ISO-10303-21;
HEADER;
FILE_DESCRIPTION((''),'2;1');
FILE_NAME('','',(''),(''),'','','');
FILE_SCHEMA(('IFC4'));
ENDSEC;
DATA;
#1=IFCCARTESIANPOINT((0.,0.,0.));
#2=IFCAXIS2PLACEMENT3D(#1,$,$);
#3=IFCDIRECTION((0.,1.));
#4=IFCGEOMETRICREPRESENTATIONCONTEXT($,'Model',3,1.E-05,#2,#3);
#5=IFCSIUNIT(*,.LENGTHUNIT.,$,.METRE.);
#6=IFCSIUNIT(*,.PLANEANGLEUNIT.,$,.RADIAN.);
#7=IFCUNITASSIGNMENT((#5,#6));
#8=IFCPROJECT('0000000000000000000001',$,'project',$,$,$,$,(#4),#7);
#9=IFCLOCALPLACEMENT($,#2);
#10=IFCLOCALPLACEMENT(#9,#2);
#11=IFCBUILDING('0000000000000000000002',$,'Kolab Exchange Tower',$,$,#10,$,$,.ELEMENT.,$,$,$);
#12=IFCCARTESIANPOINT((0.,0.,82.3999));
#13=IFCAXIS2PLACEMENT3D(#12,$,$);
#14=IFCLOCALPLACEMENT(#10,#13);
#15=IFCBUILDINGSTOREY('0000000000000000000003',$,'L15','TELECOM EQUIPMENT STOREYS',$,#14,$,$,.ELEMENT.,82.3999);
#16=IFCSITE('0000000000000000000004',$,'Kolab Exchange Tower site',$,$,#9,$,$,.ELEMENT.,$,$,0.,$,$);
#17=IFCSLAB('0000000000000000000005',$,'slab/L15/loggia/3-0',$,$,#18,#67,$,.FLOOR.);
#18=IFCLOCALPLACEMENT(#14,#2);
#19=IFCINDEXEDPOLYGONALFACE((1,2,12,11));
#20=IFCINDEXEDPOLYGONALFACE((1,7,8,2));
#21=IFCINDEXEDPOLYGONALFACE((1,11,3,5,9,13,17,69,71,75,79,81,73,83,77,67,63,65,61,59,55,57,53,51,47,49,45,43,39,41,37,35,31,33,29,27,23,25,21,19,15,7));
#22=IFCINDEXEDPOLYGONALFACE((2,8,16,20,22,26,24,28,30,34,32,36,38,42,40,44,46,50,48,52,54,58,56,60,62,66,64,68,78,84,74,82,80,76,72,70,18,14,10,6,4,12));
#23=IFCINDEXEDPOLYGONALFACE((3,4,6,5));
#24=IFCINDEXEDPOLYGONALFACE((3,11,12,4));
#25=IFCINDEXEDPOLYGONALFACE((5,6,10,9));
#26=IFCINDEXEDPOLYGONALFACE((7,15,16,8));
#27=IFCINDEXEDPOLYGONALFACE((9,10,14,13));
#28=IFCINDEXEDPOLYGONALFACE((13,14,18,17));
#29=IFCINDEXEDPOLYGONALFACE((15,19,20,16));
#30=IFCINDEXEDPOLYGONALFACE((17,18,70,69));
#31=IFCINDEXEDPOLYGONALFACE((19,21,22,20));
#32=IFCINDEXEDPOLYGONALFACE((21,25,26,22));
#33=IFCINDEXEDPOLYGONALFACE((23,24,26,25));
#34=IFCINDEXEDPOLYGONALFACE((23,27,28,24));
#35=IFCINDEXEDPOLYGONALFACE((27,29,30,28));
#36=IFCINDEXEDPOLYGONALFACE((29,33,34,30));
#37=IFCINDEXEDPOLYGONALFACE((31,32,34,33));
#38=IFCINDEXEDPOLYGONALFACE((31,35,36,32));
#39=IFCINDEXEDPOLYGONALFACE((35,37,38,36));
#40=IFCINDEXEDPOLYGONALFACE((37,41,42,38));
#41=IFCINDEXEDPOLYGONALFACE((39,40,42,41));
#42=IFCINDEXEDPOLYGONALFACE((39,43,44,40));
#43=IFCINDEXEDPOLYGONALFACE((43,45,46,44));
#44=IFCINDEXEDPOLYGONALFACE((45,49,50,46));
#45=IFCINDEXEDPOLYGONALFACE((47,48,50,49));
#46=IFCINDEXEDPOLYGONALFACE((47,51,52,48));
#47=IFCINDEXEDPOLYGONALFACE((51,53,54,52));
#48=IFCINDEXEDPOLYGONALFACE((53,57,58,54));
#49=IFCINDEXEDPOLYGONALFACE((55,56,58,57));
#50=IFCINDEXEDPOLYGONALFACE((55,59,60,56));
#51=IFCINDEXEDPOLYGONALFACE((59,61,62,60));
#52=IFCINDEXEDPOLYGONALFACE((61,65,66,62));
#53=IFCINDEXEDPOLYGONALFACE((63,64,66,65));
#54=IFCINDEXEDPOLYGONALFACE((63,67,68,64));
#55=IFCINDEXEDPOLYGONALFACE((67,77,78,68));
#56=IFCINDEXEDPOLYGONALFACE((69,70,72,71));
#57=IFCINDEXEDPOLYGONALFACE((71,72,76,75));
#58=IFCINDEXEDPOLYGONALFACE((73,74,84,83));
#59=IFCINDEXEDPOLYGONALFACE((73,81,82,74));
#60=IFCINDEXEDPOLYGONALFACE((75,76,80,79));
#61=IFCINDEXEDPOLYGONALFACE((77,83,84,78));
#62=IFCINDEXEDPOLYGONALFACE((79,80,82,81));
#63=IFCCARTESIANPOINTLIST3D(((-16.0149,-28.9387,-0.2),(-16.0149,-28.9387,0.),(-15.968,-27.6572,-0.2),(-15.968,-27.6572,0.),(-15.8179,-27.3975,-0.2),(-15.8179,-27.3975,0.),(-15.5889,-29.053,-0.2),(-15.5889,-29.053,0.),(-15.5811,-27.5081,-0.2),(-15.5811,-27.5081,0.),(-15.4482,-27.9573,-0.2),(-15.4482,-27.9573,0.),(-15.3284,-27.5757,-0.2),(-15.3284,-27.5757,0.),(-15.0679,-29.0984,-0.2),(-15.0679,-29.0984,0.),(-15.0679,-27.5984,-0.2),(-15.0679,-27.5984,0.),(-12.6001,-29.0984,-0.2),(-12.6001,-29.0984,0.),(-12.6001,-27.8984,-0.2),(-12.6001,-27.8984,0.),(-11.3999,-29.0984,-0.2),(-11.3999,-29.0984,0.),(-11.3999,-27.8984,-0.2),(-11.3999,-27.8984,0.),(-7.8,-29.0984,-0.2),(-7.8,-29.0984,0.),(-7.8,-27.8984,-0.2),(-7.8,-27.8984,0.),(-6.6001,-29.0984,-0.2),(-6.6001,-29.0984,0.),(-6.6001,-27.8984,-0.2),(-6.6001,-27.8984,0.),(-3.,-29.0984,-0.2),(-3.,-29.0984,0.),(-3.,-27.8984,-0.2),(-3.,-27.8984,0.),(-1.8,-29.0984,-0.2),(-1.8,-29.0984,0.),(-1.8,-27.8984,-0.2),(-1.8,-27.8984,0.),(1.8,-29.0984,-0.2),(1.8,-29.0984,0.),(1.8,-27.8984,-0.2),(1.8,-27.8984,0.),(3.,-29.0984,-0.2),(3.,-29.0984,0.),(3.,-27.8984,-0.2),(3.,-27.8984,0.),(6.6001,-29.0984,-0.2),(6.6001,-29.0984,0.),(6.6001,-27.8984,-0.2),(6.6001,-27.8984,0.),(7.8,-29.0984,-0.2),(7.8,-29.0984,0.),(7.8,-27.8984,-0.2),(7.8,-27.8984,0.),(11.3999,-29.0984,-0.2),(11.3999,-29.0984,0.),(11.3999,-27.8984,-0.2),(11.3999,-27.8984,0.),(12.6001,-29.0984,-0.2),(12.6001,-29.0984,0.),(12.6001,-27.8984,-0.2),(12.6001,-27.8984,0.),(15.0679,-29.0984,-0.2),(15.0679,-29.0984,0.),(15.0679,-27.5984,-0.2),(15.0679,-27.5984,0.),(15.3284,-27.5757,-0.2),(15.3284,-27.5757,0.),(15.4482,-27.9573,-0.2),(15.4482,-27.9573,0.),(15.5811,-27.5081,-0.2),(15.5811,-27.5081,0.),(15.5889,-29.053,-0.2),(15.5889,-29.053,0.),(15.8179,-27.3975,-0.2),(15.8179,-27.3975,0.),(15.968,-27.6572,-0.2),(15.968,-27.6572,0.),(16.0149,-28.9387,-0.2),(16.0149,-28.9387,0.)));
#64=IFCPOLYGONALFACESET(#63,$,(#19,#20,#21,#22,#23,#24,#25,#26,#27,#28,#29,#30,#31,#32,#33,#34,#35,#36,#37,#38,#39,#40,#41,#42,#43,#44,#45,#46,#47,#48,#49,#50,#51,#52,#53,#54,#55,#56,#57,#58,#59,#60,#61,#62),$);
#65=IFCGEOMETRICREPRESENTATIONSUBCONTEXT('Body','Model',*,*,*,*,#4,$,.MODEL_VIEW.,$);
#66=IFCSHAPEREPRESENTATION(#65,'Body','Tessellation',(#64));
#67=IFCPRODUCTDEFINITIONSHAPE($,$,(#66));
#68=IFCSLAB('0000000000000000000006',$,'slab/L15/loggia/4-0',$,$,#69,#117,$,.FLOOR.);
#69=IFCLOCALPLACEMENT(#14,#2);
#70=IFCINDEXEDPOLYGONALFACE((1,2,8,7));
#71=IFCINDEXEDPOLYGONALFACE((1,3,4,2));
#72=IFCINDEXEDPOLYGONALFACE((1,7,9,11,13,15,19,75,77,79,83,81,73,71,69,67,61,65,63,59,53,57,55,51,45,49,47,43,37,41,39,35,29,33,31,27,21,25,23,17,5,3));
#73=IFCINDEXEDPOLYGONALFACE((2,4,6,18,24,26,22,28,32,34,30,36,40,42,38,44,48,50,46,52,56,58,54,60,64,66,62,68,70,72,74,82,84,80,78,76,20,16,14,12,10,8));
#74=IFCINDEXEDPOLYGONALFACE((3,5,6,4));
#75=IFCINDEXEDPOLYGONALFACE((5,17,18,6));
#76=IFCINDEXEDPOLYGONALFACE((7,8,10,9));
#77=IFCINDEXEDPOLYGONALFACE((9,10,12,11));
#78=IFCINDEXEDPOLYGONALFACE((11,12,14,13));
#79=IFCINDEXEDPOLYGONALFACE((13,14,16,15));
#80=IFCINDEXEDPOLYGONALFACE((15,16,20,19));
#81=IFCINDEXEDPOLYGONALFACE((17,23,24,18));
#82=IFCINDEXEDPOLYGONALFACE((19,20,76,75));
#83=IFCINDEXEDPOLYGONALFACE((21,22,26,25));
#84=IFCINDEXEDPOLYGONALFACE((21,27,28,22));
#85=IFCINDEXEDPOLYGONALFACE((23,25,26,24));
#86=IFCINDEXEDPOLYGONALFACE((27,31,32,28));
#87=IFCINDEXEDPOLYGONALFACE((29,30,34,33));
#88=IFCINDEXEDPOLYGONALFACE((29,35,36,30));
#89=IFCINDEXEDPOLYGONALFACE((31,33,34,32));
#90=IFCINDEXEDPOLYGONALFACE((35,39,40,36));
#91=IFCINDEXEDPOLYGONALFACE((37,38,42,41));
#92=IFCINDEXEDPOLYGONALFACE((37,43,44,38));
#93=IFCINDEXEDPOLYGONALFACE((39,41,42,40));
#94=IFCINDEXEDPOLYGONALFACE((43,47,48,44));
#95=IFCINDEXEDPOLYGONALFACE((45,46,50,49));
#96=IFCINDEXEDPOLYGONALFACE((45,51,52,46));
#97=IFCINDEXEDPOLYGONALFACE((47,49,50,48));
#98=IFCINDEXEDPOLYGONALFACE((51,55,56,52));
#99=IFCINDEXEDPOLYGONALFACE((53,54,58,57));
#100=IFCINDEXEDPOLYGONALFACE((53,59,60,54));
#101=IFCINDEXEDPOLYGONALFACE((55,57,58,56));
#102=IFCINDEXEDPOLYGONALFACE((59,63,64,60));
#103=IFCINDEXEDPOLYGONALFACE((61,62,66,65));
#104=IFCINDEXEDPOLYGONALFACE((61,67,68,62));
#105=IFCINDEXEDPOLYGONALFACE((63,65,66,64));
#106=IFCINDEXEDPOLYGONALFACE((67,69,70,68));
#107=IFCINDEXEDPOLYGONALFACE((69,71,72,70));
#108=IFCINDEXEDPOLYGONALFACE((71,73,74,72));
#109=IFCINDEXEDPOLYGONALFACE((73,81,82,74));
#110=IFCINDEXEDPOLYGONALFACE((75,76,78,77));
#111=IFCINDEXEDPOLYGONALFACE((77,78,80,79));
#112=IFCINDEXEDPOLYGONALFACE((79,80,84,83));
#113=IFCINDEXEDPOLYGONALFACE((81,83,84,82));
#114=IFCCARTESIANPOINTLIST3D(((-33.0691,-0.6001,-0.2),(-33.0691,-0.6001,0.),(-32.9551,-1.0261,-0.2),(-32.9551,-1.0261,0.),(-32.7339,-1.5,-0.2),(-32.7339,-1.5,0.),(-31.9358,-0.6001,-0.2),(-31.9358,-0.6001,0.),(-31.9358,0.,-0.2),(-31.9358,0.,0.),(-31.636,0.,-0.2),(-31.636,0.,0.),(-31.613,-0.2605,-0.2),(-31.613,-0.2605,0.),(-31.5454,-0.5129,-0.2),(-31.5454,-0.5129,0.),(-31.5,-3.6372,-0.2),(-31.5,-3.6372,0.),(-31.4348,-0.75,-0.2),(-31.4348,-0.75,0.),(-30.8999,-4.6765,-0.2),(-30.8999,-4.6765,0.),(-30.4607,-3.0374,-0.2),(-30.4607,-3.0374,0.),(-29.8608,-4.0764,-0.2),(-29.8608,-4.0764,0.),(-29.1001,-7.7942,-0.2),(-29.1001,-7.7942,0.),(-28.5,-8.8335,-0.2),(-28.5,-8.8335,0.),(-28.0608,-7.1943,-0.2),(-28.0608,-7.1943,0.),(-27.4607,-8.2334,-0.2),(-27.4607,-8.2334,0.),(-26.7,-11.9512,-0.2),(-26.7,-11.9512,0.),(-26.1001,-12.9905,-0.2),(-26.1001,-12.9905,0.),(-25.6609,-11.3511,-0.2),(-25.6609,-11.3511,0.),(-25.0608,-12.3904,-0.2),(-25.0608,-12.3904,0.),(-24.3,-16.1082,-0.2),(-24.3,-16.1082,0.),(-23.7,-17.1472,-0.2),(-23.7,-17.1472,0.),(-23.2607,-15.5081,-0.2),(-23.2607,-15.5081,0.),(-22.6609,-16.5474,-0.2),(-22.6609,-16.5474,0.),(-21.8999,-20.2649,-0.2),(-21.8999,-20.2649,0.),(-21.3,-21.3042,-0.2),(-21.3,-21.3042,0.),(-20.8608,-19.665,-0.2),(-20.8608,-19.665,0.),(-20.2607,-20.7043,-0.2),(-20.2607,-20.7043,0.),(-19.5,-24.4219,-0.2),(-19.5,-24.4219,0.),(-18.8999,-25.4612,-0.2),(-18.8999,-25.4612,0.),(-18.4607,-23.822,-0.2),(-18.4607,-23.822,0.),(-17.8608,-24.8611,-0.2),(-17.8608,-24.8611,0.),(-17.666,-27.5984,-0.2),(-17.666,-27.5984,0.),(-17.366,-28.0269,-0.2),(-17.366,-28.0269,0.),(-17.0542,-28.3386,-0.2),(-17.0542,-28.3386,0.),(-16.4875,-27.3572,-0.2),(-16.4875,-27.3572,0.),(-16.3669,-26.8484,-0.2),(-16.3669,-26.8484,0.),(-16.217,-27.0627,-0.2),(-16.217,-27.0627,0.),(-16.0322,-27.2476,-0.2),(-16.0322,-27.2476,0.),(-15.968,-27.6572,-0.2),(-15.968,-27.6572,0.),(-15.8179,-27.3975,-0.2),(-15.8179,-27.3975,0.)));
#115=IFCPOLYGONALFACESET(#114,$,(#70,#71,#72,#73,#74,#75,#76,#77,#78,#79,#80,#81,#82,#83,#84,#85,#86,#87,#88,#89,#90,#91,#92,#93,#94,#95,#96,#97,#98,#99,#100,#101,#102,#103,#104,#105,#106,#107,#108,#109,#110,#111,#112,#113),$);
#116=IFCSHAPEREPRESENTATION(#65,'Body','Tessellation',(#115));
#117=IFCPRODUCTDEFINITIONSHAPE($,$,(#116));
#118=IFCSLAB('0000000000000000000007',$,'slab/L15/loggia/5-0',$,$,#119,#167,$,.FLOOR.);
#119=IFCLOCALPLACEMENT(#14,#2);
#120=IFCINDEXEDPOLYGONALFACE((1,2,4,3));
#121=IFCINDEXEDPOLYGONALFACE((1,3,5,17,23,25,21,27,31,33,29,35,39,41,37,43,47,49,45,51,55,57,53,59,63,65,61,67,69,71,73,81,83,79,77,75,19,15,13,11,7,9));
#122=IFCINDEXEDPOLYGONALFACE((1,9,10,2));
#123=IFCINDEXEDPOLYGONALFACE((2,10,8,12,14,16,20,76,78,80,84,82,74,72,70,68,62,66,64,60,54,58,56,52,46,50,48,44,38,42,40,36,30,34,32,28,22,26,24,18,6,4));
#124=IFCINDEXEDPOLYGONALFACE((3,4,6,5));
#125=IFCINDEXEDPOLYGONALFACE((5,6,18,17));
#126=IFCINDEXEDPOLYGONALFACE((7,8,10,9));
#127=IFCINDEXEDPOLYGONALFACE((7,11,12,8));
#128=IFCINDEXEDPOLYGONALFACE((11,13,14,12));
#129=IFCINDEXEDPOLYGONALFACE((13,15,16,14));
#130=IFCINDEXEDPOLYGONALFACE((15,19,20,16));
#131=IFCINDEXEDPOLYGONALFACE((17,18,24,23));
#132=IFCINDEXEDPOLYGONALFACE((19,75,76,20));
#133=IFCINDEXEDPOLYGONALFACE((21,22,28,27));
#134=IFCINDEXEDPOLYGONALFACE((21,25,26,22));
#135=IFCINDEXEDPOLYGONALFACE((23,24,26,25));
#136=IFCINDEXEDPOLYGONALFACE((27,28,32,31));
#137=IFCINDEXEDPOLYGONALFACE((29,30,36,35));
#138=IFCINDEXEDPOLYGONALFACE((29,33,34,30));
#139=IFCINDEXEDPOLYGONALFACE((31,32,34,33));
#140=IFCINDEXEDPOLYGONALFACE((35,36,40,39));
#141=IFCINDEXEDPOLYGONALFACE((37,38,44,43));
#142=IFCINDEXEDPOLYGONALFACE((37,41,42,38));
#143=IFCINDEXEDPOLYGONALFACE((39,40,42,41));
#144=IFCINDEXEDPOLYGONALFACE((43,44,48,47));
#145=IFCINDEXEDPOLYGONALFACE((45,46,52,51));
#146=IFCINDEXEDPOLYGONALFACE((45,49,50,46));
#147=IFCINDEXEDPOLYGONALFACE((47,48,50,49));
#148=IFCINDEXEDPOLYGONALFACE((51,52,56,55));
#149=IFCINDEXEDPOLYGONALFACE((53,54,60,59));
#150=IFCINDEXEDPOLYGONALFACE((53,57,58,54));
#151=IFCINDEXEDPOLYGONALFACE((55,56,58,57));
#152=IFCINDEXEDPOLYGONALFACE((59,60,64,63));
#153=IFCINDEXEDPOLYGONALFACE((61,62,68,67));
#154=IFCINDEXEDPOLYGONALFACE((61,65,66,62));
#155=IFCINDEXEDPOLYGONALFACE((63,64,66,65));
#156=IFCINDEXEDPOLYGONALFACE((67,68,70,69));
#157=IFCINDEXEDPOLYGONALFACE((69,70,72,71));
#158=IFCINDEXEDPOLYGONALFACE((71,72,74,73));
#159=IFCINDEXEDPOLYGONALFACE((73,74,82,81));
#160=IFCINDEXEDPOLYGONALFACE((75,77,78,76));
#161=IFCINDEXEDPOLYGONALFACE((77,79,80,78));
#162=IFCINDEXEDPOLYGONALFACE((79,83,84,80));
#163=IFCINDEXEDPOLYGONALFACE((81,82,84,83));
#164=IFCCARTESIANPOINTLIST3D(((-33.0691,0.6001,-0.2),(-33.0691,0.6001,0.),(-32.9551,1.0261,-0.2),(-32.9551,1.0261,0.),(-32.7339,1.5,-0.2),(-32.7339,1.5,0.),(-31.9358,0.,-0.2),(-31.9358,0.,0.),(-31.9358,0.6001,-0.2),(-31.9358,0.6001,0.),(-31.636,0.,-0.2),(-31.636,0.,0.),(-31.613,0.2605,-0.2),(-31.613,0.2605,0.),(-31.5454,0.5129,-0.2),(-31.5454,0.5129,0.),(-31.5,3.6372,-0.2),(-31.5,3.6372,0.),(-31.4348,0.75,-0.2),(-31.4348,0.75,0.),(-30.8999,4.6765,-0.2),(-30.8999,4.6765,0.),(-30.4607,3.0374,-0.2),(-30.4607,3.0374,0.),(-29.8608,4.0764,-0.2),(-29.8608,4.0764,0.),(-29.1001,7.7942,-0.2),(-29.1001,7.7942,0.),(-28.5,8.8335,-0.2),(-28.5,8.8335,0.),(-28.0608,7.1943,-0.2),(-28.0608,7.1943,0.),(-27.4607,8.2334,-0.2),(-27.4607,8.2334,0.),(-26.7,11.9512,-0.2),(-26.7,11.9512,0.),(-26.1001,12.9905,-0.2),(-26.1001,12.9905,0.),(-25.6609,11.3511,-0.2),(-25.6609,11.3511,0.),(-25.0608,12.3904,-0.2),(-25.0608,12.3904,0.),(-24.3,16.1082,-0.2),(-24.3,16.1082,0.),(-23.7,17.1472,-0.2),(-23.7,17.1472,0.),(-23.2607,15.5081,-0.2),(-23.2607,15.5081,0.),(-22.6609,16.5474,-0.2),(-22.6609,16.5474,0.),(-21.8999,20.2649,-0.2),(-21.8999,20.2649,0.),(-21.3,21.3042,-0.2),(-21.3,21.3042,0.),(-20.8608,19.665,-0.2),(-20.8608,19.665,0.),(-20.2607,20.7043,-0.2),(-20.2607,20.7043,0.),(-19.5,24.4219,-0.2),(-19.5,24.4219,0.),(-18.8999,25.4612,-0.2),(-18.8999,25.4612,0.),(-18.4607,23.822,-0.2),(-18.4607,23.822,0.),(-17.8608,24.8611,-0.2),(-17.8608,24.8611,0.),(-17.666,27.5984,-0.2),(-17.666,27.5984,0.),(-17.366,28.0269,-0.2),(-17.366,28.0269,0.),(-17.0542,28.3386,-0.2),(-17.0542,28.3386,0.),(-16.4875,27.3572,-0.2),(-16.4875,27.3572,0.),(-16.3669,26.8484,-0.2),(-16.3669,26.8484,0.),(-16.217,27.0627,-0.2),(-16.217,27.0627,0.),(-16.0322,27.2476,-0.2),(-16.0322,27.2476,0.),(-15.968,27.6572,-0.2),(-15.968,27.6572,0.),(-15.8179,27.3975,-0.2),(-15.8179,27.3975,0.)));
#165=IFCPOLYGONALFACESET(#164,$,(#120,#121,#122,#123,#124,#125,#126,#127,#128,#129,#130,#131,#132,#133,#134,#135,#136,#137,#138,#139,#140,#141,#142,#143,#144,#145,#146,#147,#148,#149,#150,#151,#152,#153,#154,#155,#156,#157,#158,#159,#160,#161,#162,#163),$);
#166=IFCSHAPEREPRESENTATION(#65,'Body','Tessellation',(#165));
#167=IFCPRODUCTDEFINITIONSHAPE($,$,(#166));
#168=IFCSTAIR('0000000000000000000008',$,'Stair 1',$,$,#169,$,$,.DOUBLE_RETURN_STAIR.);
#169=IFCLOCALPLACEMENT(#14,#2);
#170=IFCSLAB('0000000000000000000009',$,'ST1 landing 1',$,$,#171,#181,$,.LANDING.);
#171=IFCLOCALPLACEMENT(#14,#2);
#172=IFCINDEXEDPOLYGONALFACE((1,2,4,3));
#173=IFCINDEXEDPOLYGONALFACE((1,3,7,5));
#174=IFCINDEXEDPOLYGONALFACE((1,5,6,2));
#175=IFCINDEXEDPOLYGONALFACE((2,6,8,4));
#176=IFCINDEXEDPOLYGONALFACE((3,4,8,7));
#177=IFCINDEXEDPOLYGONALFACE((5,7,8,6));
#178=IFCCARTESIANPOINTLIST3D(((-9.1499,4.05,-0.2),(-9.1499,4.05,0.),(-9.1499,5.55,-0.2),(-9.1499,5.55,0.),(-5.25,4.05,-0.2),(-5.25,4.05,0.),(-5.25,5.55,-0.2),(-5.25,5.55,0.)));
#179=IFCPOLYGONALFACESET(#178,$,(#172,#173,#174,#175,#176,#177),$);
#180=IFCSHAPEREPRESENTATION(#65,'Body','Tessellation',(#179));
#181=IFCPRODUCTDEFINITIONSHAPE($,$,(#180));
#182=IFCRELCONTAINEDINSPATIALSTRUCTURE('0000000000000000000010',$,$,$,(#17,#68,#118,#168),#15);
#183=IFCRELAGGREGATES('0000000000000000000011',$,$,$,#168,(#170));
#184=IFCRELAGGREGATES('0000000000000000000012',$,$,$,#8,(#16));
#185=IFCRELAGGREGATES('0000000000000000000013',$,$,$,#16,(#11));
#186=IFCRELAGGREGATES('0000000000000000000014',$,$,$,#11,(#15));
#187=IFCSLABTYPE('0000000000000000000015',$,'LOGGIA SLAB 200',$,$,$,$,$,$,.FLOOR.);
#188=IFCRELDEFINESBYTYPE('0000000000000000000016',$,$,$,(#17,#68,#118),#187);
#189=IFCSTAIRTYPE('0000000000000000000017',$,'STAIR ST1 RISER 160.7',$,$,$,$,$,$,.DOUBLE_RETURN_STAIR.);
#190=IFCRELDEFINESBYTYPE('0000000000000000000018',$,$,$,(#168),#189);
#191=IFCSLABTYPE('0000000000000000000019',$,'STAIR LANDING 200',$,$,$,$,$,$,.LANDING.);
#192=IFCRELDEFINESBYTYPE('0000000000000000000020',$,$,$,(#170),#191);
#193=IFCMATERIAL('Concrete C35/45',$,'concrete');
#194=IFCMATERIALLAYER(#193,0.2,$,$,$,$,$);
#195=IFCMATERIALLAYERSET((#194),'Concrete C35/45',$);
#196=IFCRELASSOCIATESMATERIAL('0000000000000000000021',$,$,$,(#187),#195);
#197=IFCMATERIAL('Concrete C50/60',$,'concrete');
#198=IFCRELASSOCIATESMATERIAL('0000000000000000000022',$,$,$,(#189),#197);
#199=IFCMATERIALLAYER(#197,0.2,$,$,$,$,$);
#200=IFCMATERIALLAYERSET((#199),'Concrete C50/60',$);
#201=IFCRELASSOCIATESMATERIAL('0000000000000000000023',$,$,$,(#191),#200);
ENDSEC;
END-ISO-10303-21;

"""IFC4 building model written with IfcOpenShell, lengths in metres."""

from ifc_helpers import new_model, si_unit, direction, frame, origin, place, context, subcontext, project, spatial, polyline, outline, extrude, material, layer, layer_set, type_object, element, aggregate, save


model = new_model("IFC4")

# Units and contexts
model_context = context("Model", 3, precision=1e-05, world=origin(), true_north=direction((0.0, 1.0)))
body_context = subcontext(model_context, "Body", "Model", "MODEL_VIEW")
ifc_project = project(units=[si_unit("LENGTHUNIT", "METRE"), si_unit("PLANEANGLEUNIT", "RADIAN")], contexts=[model_context])

# Site, building, storey
site_placement = place(None, origin())
site = spatial("IfcSite", under=ifc_project, at=site_placement, Name="Kolab Exchange Tower site", CompositionType="ELEMENT", RefElevation=0.0)
building_placement = place(site_placement, origin())
building = spatial("IfcBuilding", under=site, at=building_placement, Name="Kolab Exchange Tower", CompositionType="ELEMENT")
storey_placement = place(building_placement, frame((0.0, 0.0, 82.3999)))
storey = spatial("IfcBuildingStorey", under=building, at=storey_placement, Name="L15", Description="TELECOM EQUIPMENT STOREYS", CompositionType="ELEMENT", Elevation=82.3999)

# Slabs
ifc_material_1 = material(Name="Concrete C35/45", Category="concrete")
ifc_layer_1 = layer(ifc_material_1, 0.2)
ifc_layer_set_1 = layer_set([ifc_layer_1], Name="Concrete C35/45")
slab_type_1 = type_object("IfcSlabType", Name="LOGGIA SLAB 200", PredefinedType="FLOOR", material=ifc_layer_set_1)
slab_1_placement = place(storey_placement, frame((0.0, 0.0, -0.2)))
element("IfcSlab", 1, at=slab_1_placement, inside=storey, type_object=slab_type_1, Name="slab/L15/loggia/3-0", PredefinedType="FLOOR", context=body_context, shape_type="SweptSolid", body=[
    extrude(outline(polyline([(-15.8179, -27.3975), (-15.968, -27.6572), (-15.4482, -27.9573), (-16.0149, -28.9387), (-15.5889, -29.053), (-15.0679, -29.0984), (-12.6001, -29.0984), (-12.6001, -27.8984), (-11.3999, -27.8984), (-11.3999, -29.0984), (-7.8, -29.0984), (-7.8, -27.8984), (-6.6001, -27.8984), (-6.6001, -29.0984), (-3.0, -29.0984), (-3.0, -27.8984), (-1.8, -27.8984), (-1.8, -29.0984), (1.8, -29.0984), (1.8, -27.8984), (3.0, -27.8984), (3.0, -29.0984), (6.6001, -29.0984), (6.6001, -27.8984), (7.8, -27.8984), (7.8, -29.0984), (11.3999, -29.0984), (11.3999, -27.8984), (12.6001, -27.8984), (12.6001, -29.0984), (15.0679, -29.0984), (15.5889, -29.053), (16.0149, -28.9387), (15.4482, -27.9573), (15.968, -27.6572), (15.8179, -27.3975), (15.5811, -27.5081), (15.3284, -27.5757), (15.0679, -27.5984), (-15.0679, -27.5984), (-15.3284, -27.5757), (-15.5811, -27.5081), (-15.8179, -27.3975)])), origin(), (0.0, 0.0, 1.0), 0.2),
])
slab_2_placement = place(storey_placement, frame((0.0, 0.0, -0.2)))
element("IfcSlab", 2, at=slab_2_placement, inside=storey, type_object=slab_type_1, Name="slab/L15/loggia/4-0", PredefinedType="FLOOR", context=body_context, shape_type="SweptSolid", body=[
    extrude(outline(polyline([(-31.636, 0.0), (-31.9358, 0.0), (-31.9358, -0.6001), (-33.0691, -0.6001), (-32.9551, -1.0261), (-32.7339, -1.5), (-31.5, -3.6372), (-30.4607, -3.0374), (-29.8608, -4.0764), (-30.8999, -4.6765), (-29.1001, -7.7942), (-28.0608, -7.1943), (-27.4607, -8.2334), (-28.5, -8.8335), (-26.7, -11.9512), (-25.6609, -11.3511), (-25.0608, -12.3904), (-26.1001, -12.9905), (-24.3, -16.1082), (-23.2607, -15.5081), (-22.6609, -16.5474), (-23.7, -17.1472), (-21.8999, -20.2649), (-20.8608, -19.665), (-20.2607, -20.7043), (-21.3, -21.3042), (-19.5, -24.4219), (-18.4607, -23.822), (-17.8608, -24.8611), (-18.8999, -25.4612), (-17.666, -27.5984), (-17.366, -28.0269), (-17.0542, -28.3386), (-16.4875, -27.3572), (-15.968, -27.6572), (-15.8179, -27.3975), (-16.0322, -27.2476), (-16.217, -27.0627), (-16.3669, -26.8484), (-31.4348, -0.75), (-31.5454, -0.5129), (-31.613, -0.2605), (-31.636, 0.0)])), origin(), (0.0, 0.0, 1.0), 0.2),
])
slab_3_placement = place(storey_placement, frame((0.0, 0.0, -0.2)))
element("IfcSlab", 3, at=slab_3_placement, inside=storey, type_object=slab_type_1, Name="slab/L15/loggia/5-0", PredefinedType="FLOOR", context=body_context, shape_type="SweptSolid", body=[
    extrude(outline(polyline([(-15.8179, 27.3975), (-15.968, 27.6572), (-16.4875, 27.3572), (-17.0542, 28.3386), (-17.366, 28.0269), (-17.666, 27.5984), (-18.8999, 25.4612), (-17.8608, 24.8611), (-18.4607, 23.822), (-19.5, 24.4219), (-21.3, 21.3042), (-20.2607, 20.7043), (-20.8608, 19.665), (-21.8999, 20.2649), (-23.7, 17.1472), (-22.6609, 16.5474), (-23.2607, 15.5081), (-24.3, 16.1082), (-26.1001, 12.9905), (-25.0608, 12.3904), (-25.6609, 11.3511), (-26.7, 11.9512), (-28.5, 8.8335), (-27.4607, 8.2334), (-28.0608, 7.1943), (-29.1001, 7.7942), (-30.8999, 4.6765), (-29.8608, 4.0764), (-30.4607, 3.0374), (-31.5, 3.6372), (-32.7339, 1.5), (-32.9551, 1.0261), (-33.0691, 0.6001), (-31.9358, 0.6001), (-31.9358, 0.0), (-31.636, 0.0), (-31.613, 0.2605), (-31.5454, 0.5129), (-31.4348, 0.75), (-16.3669, 26.8484), (-16.217, 27.0627), (-16.0322, 27.2476), (-15.8179, 27.3975)])), origin(), (0.0, 0.0, 1.0), 0.2),
])

# Stair, slab
ifc_material_2 = material(Name="Concrete C50/60", Category="concrete")
stair_type_1 = type_object("IfcStairType", Name="STAIR ST1 RISER 160.7", PredefinedType="DOUBLE_RETURN_STAIR", material=ifc_material_2)
stair_1_placement = place(storey_placement, origin())
stair_1 = element("IfcStair", 4, at=stair_1_placement, inside=storey, type_object=stair_type_1, Name="Stair 1", PredefinedType="DOUBLE_RETURN_STAIR")
ifc_layer_2 = layer(ifc_material_2, 0.2)
ifc_layer_set_2 = layer_set([ifc_layer_2], Name="Concrete C50/60")
slab_type_2 = type_object("IfcSlabType", Name="STAIR LANDING 200", PredefinedType="LANDING", material=ifc_layer_set_2)
slab_4_placement = place(storey_placement, frame((0.0, 0.0, -0.2)))
slab_4 = element("IfcSlab", 5, at=slab_4_placement, type_object=slab_type_2, Name="ST1 landing 1", PredefinedType="LANDING", context=body_context, shape_type="SweptSolid", body=[
    extrude(outline(polyline([(-9.1499, 4.05), (-5.25, 4.05), (-5.25, 5.55), (-9.1499, 5.55), (-9.1499, 4.05)])), origin(), (0.0, 0.0, 1.0), 0.2),
])
aggregate(stair_1, [slab_4])

save(model, "model.ifc")
